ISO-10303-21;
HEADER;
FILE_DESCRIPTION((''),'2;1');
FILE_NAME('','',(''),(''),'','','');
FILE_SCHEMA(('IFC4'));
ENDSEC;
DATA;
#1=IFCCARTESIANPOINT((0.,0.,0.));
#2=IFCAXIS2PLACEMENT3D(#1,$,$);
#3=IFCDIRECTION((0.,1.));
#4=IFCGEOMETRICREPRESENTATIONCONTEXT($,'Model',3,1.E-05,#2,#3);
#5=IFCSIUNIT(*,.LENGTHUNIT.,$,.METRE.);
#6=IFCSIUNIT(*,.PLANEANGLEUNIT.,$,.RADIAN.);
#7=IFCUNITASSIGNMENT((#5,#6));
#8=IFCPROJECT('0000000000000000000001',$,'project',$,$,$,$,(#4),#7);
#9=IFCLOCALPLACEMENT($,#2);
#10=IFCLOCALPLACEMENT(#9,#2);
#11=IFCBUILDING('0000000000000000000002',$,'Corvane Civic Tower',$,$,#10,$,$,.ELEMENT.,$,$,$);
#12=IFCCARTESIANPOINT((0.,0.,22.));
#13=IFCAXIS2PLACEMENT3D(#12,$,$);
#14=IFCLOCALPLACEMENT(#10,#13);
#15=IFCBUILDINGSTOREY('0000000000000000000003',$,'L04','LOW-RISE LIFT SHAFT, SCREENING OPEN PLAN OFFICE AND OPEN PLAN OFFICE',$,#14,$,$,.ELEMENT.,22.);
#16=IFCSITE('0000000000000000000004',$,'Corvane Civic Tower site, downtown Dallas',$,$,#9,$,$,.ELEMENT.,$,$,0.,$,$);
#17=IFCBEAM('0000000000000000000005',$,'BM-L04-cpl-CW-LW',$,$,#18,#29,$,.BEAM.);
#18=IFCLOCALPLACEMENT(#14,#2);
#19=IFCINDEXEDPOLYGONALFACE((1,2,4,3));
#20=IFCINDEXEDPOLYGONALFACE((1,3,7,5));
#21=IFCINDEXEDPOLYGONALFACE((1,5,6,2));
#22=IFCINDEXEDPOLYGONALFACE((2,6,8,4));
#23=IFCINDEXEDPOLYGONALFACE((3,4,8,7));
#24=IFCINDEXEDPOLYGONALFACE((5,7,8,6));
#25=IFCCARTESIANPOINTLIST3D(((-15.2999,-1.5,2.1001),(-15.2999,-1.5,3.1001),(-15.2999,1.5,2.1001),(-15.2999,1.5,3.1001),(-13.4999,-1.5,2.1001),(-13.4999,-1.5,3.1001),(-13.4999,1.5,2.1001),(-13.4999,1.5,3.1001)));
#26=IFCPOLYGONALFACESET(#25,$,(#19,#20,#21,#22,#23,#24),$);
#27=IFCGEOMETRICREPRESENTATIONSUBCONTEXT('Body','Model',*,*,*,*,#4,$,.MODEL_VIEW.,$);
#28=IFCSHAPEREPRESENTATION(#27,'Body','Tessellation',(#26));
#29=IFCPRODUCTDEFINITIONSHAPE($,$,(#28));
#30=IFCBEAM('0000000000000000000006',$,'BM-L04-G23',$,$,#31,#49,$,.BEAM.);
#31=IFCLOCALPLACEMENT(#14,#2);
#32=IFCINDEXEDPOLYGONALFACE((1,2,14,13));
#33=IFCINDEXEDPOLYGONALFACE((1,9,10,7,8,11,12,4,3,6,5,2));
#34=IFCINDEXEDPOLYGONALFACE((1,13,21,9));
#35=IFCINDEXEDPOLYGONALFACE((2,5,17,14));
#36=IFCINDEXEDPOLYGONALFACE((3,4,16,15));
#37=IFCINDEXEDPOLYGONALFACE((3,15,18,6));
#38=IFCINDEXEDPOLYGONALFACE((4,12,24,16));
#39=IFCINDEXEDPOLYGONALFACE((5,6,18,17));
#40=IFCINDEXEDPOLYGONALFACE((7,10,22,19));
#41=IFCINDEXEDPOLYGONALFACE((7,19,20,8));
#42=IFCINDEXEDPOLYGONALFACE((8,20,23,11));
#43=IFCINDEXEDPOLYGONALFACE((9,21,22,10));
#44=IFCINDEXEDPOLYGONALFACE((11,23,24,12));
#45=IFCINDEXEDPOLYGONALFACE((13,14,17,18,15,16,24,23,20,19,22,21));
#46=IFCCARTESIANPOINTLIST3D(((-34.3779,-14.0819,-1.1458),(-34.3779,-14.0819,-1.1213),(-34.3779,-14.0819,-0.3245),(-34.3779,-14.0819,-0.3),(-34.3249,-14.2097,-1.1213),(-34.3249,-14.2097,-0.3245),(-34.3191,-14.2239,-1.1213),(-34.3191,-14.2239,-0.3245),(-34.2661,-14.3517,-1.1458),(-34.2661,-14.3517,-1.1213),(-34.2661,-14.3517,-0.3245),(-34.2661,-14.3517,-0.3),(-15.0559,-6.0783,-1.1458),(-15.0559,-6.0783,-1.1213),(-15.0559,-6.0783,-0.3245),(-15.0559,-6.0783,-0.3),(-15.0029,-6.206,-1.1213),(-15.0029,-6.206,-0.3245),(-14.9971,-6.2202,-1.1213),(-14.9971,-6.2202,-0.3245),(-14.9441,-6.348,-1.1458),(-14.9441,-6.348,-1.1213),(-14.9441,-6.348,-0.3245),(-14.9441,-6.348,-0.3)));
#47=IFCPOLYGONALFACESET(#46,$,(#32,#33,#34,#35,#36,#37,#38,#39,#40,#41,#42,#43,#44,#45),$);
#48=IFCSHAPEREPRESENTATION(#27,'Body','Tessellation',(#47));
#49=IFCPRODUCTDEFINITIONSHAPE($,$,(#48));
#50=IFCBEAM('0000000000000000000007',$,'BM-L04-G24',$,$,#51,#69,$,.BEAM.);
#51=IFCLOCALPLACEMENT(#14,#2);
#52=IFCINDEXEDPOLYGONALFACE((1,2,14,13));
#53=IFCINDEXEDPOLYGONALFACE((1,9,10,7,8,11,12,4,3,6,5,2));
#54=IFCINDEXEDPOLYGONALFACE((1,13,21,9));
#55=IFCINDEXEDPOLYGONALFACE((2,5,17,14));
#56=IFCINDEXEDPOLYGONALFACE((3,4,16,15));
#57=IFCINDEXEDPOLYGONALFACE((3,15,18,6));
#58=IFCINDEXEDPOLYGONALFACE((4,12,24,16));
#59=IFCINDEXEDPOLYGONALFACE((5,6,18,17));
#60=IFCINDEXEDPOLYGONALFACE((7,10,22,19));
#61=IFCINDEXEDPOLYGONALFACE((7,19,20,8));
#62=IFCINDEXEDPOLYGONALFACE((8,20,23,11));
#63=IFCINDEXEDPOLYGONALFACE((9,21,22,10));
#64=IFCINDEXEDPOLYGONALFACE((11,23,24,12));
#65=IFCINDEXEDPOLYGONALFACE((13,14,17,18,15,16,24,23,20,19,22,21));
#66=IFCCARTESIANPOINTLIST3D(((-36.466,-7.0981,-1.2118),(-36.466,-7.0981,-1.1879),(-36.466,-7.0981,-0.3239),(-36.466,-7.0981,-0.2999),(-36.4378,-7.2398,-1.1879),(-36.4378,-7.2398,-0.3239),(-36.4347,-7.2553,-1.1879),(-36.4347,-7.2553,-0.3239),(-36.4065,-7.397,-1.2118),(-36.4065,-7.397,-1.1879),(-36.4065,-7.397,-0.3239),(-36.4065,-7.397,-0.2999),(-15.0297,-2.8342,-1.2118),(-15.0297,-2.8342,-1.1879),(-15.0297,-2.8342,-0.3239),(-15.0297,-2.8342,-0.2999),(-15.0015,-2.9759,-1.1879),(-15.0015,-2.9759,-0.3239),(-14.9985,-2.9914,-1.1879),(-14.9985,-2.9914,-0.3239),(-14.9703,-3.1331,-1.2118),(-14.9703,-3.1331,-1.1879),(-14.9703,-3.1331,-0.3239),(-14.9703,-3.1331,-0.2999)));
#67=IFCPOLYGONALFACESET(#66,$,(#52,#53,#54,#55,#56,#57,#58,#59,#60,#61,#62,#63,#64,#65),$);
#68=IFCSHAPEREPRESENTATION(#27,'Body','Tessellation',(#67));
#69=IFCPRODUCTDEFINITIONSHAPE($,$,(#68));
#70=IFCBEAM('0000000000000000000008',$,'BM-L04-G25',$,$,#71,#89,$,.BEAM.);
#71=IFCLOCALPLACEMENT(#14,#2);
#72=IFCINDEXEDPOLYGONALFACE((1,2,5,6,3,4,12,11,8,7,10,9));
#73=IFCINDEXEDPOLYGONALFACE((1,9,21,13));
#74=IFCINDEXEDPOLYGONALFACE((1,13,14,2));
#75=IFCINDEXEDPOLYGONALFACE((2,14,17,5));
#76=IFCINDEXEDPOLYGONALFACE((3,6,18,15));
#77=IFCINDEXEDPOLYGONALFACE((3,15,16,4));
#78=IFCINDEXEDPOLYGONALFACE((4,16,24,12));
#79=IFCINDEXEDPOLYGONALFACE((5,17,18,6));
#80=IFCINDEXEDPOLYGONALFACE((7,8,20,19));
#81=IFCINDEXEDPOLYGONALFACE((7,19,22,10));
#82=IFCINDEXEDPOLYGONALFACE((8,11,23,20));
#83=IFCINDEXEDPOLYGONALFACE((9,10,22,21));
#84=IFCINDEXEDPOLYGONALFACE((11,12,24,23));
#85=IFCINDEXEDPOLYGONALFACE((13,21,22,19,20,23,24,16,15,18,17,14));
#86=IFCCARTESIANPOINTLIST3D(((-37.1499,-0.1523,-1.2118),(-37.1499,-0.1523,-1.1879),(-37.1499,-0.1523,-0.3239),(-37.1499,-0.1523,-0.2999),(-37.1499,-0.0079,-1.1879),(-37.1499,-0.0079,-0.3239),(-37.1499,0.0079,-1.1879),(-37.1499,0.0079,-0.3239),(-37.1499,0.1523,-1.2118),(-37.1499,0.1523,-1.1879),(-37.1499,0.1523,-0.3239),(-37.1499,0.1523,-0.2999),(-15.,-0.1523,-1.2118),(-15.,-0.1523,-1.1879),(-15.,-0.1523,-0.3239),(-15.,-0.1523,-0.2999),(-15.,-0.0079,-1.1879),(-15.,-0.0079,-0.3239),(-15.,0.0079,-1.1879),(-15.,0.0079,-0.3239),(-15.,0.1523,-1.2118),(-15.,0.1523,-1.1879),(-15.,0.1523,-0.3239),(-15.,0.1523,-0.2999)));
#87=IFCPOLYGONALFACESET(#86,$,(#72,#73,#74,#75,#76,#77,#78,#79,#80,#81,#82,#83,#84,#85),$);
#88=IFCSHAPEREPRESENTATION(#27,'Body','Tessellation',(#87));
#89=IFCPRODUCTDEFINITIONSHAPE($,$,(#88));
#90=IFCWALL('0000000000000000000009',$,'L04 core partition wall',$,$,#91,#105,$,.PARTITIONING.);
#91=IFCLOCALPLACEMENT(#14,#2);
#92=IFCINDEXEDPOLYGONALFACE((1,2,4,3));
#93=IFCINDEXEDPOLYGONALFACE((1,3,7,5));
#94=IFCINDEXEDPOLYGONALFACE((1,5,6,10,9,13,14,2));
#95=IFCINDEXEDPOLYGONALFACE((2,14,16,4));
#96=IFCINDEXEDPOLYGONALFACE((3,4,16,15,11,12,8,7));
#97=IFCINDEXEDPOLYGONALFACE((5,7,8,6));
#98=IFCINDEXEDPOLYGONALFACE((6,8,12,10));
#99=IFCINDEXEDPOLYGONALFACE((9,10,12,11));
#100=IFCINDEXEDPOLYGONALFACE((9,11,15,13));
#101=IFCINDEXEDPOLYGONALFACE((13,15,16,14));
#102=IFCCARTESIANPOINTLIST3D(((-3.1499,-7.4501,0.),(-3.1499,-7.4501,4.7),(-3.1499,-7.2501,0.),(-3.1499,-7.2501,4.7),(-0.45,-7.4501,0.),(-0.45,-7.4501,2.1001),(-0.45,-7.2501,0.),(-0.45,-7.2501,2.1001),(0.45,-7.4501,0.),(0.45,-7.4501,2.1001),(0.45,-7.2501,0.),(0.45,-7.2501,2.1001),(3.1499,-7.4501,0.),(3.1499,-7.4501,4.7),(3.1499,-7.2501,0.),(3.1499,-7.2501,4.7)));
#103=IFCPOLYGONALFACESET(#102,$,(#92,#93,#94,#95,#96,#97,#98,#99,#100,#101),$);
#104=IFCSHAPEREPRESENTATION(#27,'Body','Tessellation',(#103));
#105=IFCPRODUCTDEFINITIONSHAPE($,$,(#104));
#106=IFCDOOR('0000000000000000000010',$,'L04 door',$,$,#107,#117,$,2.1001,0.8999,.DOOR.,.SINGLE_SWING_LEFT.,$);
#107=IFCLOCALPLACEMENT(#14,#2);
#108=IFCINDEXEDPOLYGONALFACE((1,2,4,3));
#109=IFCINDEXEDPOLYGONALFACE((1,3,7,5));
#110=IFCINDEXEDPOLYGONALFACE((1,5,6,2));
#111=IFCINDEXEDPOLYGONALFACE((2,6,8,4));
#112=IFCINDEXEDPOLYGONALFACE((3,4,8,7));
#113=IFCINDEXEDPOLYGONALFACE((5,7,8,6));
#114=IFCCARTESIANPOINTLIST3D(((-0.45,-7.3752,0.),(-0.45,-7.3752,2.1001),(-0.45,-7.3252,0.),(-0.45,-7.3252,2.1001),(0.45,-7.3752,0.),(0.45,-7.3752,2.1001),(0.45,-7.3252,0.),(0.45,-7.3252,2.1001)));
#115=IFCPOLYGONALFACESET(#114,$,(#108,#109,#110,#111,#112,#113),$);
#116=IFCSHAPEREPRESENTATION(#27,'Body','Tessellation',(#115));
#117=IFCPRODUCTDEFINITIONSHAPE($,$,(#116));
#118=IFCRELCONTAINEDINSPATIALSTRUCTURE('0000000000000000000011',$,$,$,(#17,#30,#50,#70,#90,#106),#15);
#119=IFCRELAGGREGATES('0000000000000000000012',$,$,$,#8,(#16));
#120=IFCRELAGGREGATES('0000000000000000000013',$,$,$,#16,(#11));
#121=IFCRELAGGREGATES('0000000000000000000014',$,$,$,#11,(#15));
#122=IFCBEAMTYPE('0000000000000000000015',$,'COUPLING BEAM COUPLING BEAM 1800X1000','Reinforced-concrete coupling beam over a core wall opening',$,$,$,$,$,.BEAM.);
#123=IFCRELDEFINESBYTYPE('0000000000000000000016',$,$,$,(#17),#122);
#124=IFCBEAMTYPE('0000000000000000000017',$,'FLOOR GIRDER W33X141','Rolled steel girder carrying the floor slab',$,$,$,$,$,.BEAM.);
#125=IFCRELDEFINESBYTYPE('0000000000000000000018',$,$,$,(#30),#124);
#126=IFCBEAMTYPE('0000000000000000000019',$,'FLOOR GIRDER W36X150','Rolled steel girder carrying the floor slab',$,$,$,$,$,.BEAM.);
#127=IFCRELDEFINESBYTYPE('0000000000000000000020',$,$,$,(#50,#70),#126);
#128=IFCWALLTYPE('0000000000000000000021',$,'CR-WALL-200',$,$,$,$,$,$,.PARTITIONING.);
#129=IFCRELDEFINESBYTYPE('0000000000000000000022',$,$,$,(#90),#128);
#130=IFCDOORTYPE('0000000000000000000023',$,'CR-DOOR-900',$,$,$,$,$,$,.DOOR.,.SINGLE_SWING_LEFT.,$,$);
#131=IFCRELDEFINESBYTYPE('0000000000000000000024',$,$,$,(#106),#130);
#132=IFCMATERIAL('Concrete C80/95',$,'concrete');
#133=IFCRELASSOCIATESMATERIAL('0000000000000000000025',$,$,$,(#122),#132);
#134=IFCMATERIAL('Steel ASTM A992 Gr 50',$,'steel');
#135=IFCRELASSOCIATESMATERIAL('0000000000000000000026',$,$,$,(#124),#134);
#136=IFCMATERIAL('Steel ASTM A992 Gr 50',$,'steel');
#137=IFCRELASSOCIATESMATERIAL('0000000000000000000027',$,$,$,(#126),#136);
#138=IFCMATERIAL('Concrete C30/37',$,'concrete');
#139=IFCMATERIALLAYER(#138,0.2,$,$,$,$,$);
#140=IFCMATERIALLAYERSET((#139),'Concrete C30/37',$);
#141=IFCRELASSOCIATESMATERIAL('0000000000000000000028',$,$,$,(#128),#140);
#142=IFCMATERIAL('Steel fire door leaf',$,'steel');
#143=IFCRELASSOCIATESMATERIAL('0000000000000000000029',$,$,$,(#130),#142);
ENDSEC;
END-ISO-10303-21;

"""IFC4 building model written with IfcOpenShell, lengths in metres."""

from ifc_helpers import new_model, si_unit, direction, frame, frame_2d, origin, origin_2d, place, context, subcontext, project, spatial, rectangle, i_section, extrude, material, layer, layer_set, material_profile, profile_set, type_object, element, fill, save


model = new_model("IFC4")

# Units and contexts
model_context = context("Model", 3, precision=1e-05, world=origin(), true_north=direction((0.0, 1.0)))
body_context = subcontext(model_context, "Body", "Model", "MODEL_VIEW")
ifc_project = project(units=[si_unit("LENGTHUNIT", "METRE"), si_unit("PLANEANGLEUNIT", "RADIAN")], contexts=[model_context])

# Site, building, storey
site_placement = place(None, origin())
site = spatial("IfcSite", under=ifc_project, at=site_placement, Name="Corvane Civic Tower site, downtown Dallas", CompositionType="ELEMENT", RefElevation=0.0)
building_placement = place(site_placement, origin())
building = spatial("IfcBuilding", under=site, at=building_placement, Name="Corvane Civic Tower", CompositionType="ELEMENT")
storey_placement = place(building_placement, frame((0.0, 0.0, 22.0)))
storey = spatial("IfcBuildingStorey", under=building, at=storey_placement, Name="L04", Description="LOW-RISE LIFT SHAFT, SCREENING OPEN PLAN OFFICE AND OPEN PLAN OFFICE", CompositionType="ELEMENT", Elevation=22.0)

# Beams
ifc_material_1 = material(Name="Concrete C80/95", Category="concrete")
ifc_material_profile_1 = material_profile(ifc_material_1, rectangle(XDim=1.8, YDim=1.0, at=origin_2d()), Name="COUPLING BEAM 1800X1000")
ifc_profile_set_1 = profile_set([ifc_material_profile_1], Name="Concrete C80/95")
beam_type_1 = type_object("IfcBeamType", Name="COUPLING BEAM COUPLING BEAM 1800X1000", Description="Reinforced-concrete coupling beam over a core wall opening", PredefinedType="BEAM", material=ifc_profile_set_1)
beam_1_placement = place(storey_placement, frame((-14.3999, -1.5, 2.6001), z_axis=(0.0, 1.0, 0.0), x_axis=(-1.0, 0.0, 0.0)))
element("IfcBeam", 1, at=beam_1_placement, inside=storey, type_object=beam_type_1, Name="BM-L04-cpl-CW-LW", PredefinedType="BEAM", context=body_context, shape_type="SweptSolid", body=[
    extrude(rectangle(XDim=1.8, YDim=1.0, at=origin_2d()), origin(), (0.0, 0.0, 1.0), 3.0),
])
ifc_material_2 = material(Name="Steel ASTM A992 Gr 50", Category="steel")
ifc_material_profile_2 = material_profile(ifc_material_2, i_section(OverallWidth=0.292, OverallDepth=0.8457, WebThickness=0.0154, FlangeThickness=0.0244, at=origin_2d()), Name="W33X141")
ifc_profile_set_2 = profile_set([ifc_material_profile_2], Name="Steel ASTM A992 Gr 50")
beam_type_2 = type_object("IfcBeamType", Name="FLOOR GIRDER W33X141", Description="Rolled steel girder carrying the floor slab", PredefinedType="BEAM", material=ifc_profile_set_2)
beam_2_placement = place(storey_placement, frame((-15.0, -6.2131, -0.7229), z_axis=(-0.923876, -0.382692, 0.0), x_axis=(0.382692, -0.923876, 0.0)))
element("IfcBeam", 2, at=beam_2_placement, inside=storey, type_object=beam_type_2, Name="BM-L04-G23", PredefinedType="BEAM", context=body_context, shape_type="SweptSolid", body=[
    extrude(i_section(OverallWidth=0.292, OverallDepth=0.8457, WebThickness=0.0154, FlangeThickness=0.0244, at=origin_2d()), origin(), (0.0, 0.0, 1.0), 20.9141),
])
ifc_material_3 = material(Name="Steel ASTM A992 Gr 50", Category="steel")
ifc_material_profile_3 = material_profile(ifc_material_3, i_section(OverallWidth=0.3047, OverallDepth=0.9119, WebThickness=0.0159, FlangeThickness=0.0239, at=origin_2d()), Name="W36X150")
ifc_profile_set_3 = profile_set([ifc_material_profile_3], Name="Steel ASTM A992 Gr 50")
beam_type_3 = type_object("IfcBeamType", Name="FLOOR GIRDER W36X150", Description="Rolled steel girder carrying the floor slab", PredefinedType="BEAM", material=ifc_profile_set_3)
beam_3_placement = place(storey_placement, frame((-15.0, -2.9836, -0.7559), z_axis=(-0.980785, -0.195089, 0.0), x_axis=(0.195089, -0.980785, 0.0)))
element("IfcBeam", 3, at=beam_3_placement, inside=storey, type_object=beam_type_3, Name="BM-L04-G24", PredefinedType="BEAM", context=body_context, shape_type="SweptSolid", body=[
    extrude(i_section(OverallWidth=0.3047, OverallDepth=0.9119, WebThickness=0.0159, FlangeThickness=0.0239, at=origin_2d()), origin(), (0.0, 0.0, 1.0), 21.8562),
])
beam_4_placement = place(storey_placement, frame((-15.0, 0.0, -0.7559), z_axis=(-1.0, 0.0, 0.0), x_axis=(0.0, -1.0, 0.0)))
element("IfcBeam", 4, at=beam_4_placement, inside=storey, type_object=beam_type_3, Name="BM-L04-G25", PredefinedType="BEAM", context=body_context, shape_type="SweptSolid", body=[
    extrude(i_section(OverallWidth=0.3047, OverallDepth=0.9119, WebThickness=0.0159, FlangeThickness=0.0239, at=origin_2d()), origin(), (0.0, 0.0, 1.0), 22.1499),
])

# Wall, opening, door
ifc_material_4 = material(Name="Concrete C30/37", Category="concrete")
ifc_layer_1 = layer(ifc_material_4, 0.2)
ifc_layer_set_1 = layer_set([ifc_layer_1], Name="Concrete C30/37")
wall_type_1 = type_object("IfcWallType", Name="CR-WALL-200", PredefinedType="PARTITIONING", material=ifc_layer_set_1)
wall_1_placement = place(storey_placement, frame((-3.1499, -7.3501, 0.0), z_axis=(0.0, 0.0, 1.0), x_axis=(1.0, 0.0, 0.0)))
wall_1 = element("IfcWall", 5, at=wall_1_placement, inside=storey, type_object=wall_type_1, Name="L04 core partition wall", PredefinedType="PARTITIONING", context=body_context, shape_type="SweptSolid", body=[
    extrude(rectangle(XDim=6.2998, YDim=0.2, at=frame_2d((3.1499, 0.0))), origin(), (0.0, 0.0, 1.0), 4.7),
])
opening_1_placement = place(wall_1_placement, frame((2.7, 0.0, 0.0)))
opening_1 = element("IfcOpeningElement", 6, at=opening_1_placement, cuts=wall_1, PredefinedType="OPENING", context=body_context, shape_type="SweptSolid", body=[
    extrude(rectangle(XDim=0.8999, YDim=2.1001, at=frame_2d((0.45, 1.05))), frame((0.0, 0.1099, 0.0), z_axis=(0.0, -1.0, 0.0), x_axis=(1.0, 0.0, 0.0)), (0.0, 0.0, 1.0), 0.22),
])
ifc_material_5 = material(Name="Steel fire door leaf", Category="steel")
door_type_1 = type_object("IfcDoorType", Name="CR-DOOR-900", OperationType="SINGLE_SWING_LEFT", PredefinedType="DOOR", material=ifc_material_5)
door_1_placement = place(opening_1_placement, origin())
door_1 = element("IfcDoor", 7, at=door_1_placement, inside=storey, type_object=door_type_1, Name="L04 door", OperationType="SINGLE_SWING_LEFT", OverallHeight=2.1001, OverallWidth=0.8999, PredefinedType="DOOR", context=body_context, shape_type="SweptSolid", body=[
    extrude(rectangle(XDim=0.8999, YDim=2.1001, at=frame_2d((0.45, 1.05))), frame((0.0, 0.0249, 0.0), z_axis=(0.0, -1.0, 0.0), x_axis=(1.0, 0.0, 0.0)), (0.0, 0.0, 1.0), 0.05),
])
fill(opening_1, door_1)

save(model, "model.ifc")
